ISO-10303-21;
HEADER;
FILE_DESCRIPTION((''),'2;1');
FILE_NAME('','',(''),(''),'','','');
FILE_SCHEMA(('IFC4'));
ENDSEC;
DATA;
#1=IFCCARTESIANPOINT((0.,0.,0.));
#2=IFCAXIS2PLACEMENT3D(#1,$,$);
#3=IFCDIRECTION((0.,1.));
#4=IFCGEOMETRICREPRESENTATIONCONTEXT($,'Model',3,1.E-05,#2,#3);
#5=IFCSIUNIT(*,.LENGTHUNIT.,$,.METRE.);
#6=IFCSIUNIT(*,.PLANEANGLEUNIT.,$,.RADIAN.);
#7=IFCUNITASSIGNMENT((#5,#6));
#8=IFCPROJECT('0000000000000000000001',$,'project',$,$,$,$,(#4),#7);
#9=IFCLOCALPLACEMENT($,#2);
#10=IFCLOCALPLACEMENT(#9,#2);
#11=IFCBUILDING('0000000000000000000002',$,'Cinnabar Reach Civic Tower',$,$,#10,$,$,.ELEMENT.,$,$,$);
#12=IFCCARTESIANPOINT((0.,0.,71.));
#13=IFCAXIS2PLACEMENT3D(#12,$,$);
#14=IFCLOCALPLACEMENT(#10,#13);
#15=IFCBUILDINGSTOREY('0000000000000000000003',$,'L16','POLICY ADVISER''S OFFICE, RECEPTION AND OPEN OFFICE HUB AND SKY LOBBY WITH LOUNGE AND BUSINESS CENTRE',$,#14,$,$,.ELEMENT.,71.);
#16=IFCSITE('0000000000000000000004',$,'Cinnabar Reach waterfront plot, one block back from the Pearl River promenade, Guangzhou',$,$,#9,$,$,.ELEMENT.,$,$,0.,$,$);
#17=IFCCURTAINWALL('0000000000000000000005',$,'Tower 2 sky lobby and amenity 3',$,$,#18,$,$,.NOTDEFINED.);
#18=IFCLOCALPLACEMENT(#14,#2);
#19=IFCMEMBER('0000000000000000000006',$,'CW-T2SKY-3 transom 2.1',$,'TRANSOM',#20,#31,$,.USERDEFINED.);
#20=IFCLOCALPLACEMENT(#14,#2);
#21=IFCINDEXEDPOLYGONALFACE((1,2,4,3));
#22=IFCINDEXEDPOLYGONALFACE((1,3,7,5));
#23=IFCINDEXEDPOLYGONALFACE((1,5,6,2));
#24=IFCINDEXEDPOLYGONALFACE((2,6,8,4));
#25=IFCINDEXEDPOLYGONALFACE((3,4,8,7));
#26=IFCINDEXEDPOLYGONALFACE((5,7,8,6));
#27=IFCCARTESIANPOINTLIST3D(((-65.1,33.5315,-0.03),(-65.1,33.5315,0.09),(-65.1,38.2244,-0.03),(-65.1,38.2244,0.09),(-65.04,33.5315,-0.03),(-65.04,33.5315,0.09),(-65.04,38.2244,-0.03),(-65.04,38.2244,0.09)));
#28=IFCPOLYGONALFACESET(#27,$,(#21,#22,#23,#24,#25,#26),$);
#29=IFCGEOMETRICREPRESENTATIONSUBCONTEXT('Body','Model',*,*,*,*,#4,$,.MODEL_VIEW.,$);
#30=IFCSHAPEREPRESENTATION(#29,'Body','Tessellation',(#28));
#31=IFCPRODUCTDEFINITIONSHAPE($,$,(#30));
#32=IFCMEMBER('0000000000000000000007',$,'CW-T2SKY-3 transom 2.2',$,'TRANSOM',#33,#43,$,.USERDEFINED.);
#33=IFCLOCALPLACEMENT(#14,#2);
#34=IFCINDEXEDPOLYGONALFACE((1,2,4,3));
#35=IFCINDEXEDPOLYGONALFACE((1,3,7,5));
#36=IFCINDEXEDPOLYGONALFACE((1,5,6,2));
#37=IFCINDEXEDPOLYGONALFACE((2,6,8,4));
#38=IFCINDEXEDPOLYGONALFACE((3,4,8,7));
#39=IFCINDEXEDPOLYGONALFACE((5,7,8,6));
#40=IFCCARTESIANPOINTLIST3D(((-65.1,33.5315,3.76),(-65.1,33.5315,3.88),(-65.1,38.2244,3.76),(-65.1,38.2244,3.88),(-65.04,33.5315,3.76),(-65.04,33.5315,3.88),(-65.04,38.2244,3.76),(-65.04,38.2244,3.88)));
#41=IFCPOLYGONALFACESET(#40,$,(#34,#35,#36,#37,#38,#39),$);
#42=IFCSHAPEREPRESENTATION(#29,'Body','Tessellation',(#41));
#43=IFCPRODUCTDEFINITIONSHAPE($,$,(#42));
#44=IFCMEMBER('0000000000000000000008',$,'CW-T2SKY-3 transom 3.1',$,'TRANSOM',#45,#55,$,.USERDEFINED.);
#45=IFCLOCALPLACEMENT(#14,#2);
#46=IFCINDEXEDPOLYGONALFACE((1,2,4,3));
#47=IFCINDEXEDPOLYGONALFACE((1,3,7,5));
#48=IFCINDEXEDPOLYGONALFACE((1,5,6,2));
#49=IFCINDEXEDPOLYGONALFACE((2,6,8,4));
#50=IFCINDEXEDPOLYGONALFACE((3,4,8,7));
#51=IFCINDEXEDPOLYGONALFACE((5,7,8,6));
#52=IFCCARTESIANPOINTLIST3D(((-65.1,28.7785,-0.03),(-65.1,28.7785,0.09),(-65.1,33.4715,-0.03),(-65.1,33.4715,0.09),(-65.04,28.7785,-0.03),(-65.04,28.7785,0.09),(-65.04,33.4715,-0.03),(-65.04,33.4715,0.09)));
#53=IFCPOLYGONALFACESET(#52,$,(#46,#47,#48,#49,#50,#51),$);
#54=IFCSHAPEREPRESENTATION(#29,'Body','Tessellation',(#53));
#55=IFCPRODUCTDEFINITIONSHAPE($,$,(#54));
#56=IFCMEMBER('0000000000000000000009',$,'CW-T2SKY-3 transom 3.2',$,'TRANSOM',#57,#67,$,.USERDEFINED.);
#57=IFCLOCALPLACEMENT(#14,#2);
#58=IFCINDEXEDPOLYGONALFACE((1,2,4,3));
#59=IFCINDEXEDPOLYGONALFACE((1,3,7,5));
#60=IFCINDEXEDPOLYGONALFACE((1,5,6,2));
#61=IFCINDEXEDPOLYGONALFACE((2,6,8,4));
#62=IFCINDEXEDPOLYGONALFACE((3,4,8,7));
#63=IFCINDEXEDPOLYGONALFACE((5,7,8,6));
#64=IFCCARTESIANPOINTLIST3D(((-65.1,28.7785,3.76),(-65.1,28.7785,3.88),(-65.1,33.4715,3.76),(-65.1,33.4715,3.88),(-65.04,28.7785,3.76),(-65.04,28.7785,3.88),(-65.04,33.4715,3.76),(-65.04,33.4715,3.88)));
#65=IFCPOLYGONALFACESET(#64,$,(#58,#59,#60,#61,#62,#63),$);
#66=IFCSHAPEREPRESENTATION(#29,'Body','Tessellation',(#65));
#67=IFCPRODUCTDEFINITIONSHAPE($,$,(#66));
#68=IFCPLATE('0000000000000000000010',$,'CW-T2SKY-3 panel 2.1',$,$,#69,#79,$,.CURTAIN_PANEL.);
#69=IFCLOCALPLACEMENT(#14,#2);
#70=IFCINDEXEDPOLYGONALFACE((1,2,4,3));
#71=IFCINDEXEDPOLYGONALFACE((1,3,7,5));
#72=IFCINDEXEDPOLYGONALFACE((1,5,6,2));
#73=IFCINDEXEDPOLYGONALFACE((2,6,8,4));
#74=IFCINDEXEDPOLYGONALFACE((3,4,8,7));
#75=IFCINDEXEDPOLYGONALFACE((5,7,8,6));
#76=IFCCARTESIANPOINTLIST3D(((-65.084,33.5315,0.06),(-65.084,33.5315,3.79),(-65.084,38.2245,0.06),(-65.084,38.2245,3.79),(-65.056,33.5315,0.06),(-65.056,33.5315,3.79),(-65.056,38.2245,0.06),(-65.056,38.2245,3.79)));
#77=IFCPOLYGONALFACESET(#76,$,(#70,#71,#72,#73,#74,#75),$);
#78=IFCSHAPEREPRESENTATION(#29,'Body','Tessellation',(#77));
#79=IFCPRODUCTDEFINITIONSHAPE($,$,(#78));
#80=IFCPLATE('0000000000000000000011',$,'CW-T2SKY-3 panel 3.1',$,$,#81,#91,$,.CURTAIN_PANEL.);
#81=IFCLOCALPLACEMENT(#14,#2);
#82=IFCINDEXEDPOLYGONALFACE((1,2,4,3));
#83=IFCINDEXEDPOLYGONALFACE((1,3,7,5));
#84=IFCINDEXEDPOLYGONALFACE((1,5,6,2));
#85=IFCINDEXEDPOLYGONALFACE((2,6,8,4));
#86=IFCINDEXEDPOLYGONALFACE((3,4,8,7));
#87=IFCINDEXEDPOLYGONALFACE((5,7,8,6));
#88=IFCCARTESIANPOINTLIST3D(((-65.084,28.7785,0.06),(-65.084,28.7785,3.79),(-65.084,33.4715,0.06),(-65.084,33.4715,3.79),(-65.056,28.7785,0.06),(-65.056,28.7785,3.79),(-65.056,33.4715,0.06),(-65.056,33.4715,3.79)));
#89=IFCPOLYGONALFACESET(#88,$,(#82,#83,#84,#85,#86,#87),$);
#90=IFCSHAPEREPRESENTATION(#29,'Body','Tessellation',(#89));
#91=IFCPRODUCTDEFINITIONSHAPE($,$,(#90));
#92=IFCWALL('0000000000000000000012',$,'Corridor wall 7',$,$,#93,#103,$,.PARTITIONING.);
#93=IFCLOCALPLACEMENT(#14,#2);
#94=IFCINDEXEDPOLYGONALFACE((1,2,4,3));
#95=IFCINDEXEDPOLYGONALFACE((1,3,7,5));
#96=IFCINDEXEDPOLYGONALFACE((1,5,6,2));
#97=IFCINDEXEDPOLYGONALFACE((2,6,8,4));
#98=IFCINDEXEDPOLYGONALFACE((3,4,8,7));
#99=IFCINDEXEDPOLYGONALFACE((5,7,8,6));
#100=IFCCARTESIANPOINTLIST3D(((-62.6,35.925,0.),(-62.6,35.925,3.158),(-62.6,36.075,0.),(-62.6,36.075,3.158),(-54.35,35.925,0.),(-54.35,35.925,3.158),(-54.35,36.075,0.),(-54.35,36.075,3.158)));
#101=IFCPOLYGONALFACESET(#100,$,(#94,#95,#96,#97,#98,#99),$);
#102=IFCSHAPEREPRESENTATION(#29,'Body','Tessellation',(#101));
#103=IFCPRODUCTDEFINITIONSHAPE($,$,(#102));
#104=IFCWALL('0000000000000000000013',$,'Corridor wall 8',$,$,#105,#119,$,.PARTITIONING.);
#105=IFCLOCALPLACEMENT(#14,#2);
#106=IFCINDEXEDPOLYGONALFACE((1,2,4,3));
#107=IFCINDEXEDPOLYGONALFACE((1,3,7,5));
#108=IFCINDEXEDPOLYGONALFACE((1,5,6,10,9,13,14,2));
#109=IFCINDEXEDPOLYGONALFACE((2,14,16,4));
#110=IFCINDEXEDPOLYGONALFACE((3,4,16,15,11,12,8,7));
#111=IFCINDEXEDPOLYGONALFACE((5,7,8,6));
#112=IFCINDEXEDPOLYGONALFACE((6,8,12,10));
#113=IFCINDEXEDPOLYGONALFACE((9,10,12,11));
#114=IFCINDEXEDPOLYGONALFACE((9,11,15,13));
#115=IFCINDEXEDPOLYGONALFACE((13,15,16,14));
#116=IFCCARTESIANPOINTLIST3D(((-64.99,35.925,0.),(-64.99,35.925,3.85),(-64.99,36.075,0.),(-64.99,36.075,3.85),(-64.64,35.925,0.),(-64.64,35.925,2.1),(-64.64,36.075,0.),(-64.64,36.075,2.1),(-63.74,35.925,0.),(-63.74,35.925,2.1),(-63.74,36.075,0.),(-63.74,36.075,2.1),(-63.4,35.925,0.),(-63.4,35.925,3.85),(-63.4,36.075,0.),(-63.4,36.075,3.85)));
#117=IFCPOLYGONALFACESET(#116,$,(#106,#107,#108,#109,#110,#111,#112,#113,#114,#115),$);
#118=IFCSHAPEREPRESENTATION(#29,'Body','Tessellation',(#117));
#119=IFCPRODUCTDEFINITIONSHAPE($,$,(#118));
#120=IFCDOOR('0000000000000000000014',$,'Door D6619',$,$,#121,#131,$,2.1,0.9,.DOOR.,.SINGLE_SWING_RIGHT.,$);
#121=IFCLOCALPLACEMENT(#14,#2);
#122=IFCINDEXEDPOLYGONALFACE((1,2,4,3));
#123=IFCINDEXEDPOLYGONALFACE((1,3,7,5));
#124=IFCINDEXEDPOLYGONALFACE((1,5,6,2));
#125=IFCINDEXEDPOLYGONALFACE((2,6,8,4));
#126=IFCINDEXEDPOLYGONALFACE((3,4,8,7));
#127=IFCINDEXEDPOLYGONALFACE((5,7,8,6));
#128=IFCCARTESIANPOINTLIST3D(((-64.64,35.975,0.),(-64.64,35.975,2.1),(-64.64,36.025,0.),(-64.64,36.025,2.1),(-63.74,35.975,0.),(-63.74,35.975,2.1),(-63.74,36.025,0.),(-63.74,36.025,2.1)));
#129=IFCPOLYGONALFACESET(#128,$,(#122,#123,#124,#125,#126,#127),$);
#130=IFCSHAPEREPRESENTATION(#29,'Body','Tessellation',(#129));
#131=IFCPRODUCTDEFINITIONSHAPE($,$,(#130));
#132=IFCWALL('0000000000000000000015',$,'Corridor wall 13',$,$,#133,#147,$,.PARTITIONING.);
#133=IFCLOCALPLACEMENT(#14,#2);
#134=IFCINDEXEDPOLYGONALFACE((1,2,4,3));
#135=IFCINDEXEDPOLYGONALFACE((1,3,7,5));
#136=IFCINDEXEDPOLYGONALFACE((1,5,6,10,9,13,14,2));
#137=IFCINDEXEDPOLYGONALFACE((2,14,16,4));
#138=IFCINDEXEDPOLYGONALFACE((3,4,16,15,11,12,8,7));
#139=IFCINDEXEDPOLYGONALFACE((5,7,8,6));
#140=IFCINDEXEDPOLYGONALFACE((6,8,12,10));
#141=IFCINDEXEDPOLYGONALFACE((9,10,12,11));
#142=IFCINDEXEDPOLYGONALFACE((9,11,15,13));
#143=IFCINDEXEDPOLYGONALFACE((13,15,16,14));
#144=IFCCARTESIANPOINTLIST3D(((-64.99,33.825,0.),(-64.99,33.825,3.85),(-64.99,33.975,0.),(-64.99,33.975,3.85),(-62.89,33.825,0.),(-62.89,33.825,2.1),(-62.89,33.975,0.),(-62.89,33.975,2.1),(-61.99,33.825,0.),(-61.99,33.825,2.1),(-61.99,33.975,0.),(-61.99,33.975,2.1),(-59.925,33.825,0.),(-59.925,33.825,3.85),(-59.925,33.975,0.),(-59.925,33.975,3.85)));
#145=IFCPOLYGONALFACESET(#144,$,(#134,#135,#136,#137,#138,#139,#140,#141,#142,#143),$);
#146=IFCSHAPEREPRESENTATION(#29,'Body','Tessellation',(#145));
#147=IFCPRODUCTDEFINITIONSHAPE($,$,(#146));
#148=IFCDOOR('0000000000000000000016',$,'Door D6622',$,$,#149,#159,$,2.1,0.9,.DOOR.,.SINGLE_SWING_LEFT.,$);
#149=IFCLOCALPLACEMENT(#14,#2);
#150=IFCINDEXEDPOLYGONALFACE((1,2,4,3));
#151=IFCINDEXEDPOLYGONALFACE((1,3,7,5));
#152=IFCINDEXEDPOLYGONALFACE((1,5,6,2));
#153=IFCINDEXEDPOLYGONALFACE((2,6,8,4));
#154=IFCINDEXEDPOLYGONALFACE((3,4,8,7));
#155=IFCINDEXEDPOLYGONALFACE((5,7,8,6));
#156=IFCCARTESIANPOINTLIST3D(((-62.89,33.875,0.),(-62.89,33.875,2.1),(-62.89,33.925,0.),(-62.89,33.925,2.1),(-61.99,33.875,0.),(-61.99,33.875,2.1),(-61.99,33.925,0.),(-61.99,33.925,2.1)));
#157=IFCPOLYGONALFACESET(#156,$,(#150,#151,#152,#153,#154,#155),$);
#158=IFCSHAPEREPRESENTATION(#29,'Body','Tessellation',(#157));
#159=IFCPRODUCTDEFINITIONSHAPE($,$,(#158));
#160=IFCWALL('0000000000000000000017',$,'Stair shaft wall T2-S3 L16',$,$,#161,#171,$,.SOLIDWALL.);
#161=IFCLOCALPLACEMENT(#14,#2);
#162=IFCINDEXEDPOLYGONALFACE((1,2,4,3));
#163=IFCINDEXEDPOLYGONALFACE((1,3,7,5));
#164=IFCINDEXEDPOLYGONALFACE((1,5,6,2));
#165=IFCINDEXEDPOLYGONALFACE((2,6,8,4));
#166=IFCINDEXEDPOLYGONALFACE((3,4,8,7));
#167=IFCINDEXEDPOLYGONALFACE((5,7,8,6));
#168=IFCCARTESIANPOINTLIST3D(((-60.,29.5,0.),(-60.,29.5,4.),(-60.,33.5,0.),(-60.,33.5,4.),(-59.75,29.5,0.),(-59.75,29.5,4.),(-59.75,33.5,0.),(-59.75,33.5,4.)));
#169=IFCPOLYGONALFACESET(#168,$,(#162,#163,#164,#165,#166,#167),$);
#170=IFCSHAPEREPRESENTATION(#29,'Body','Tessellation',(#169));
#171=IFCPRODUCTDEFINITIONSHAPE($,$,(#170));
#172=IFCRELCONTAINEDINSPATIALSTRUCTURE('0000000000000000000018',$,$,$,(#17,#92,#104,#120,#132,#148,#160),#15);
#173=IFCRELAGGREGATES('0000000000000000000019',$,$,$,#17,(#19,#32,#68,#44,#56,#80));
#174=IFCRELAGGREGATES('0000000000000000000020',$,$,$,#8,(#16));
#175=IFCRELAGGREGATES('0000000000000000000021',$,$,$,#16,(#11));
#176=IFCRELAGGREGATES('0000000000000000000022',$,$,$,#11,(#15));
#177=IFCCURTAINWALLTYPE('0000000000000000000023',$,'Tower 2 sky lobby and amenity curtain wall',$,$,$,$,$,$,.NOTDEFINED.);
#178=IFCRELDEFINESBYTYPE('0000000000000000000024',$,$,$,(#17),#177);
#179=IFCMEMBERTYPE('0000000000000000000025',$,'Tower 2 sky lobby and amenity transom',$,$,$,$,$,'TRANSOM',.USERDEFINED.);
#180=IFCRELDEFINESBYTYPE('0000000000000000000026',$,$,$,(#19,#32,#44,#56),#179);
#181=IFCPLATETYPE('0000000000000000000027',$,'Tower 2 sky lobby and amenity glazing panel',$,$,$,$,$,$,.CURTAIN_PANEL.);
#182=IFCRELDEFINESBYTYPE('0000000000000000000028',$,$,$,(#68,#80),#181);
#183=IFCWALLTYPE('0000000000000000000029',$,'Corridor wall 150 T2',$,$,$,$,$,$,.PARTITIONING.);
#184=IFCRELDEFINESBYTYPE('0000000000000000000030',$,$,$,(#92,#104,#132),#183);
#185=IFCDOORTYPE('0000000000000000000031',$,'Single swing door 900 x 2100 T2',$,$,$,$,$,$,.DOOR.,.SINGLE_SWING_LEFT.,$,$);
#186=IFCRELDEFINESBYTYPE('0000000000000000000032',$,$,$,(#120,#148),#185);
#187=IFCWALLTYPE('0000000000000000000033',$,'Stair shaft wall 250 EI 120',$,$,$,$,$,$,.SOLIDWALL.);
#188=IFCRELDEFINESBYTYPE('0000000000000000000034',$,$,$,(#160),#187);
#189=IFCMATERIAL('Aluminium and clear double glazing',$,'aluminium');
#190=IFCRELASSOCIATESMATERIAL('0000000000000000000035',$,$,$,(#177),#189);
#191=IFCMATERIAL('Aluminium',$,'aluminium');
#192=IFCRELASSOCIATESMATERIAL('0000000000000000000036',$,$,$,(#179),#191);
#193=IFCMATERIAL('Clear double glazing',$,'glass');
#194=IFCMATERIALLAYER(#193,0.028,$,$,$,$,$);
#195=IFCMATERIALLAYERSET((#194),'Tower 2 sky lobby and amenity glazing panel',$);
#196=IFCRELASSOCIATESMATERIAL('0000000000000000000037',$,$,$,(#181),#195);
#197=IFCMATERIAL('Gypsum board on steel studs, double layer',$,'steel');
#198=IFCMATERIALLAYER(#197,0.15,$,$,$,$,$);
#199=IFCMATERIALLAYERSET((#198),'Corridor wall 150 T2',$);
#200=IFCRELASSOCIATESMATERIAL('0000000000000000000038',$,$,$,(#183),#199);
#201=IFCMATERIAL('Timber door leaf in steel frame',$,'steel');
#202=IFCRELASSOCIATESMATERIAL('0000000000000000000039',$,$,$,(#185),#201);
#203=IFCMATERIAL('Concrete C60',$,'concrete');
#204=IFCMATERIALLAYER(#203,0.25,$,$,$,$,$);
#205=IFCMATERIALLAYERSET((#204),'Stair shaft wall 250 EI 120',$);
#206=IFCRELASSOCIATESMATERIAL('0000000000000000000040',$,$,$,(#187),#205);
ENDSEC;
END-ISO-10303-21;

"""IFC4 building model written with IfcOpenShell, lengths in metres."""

from ifc_helpers import new_model, si_unit, direction, frame, frame_2d, origin, origin_2d, place, context, subcontext, project, spatial, rectangle, extrude, material, layer, layer_set, material_profile, profile_set, type_object, element, fill, aggregate, save


model = new_model("IFC4")

# Units and contexts
model_context = context("Model", 3, precision=1e-05, world=origin(), true_north=direction((0.0, 1.0)))
body_context = subcontext(model_context, "Body", "Model", "MODEL_VIEW")
ifc_project = project(units=[si_unit("LENGTHUNIT", "METRE"), si_unit("PLANEANGLEUNIT", "RADIAN")], contexts=[model_context])

# Site, building, storey
site_placement = place(None, origin())
site = spatial("IfcSite", under=ifc_project, at=site_placement, Name="Cinnabar Reach waterfront plot, one block back from the Pearl River promenade, Guangzhou", CompositionType="ELEMENT", RefElevation=0.0)
building_placement = place(site_placement, origin())
building = spatial("IfcBuilding", under=site, at=building_placement, Name="Cinnabar Reach Civic Tower", CompositionType="ELEMENT")
storey_placement = place(building_placement, frame((0.0, 0.0, 71.0)))
storey = spatial("IfcBuildingStorey", under=building, at=storey_placement, Name="L16", Description="POLICY ADVISER'S OFFICE, RECEPTION AND OPEN OFFICE HUB AND SKY LOBBY WITH LOUNGE AND BUSINESS CENTRE", CompositionType="ELEMENT", Elevation=71.0)

# Shared definitions
ifc_material_1 = material(Name="Concrete C60", Category="concrete")

# Curtain wall, members, plates
ifc_material_2 = material(Name="Aluminium and clear double glazing", Category="aluminium")
curtain_wall_type = type_object("IfcCurtainWallType", Name="Tower 2 sky lobby and amenity curtain wall", PredefinedType="NOTDEFINED", material=ifc_material_2)
curtain_wall_placement = place(storey_placement, origin())
curtain_wall = element("IfcCurtainWall", 1, at=curtain_wall_placement, inside=storey, type_object=curtain_wall_type, Name="Tower 2 sky lobby and amenity 3", PredefinedType="NOTDEFINED")
ifc_material_3 = material(Name="Aluminium", Category="aluminium")
ifc_material_profile_1 = material_profile(ifc_material_3, rectangle(XDim=0.06, YDim=0.12, at=origin_2d()), Name="Tower 2 sky lobby and amenity transom")
ifc_profile_set_1 = profile_set([ifc_material_profile_1], Name="Aluminium")
member_type_1 = type_object("IfcMemberType", Name="Tower 2 sky lobby and amenity transom", ElementType="TRANSOM", PredefinedType="USERDEFINED", material=ifc_profile_set_1)
member_1_placement = place(storey_placement, frame((-65.07, 38.2244, 0.03), z_axis=(0.0, -1.0, 0.0), x_axis=(1.0, 0.0, 0.0)))
member_1 = element("IfcMember", 2, at=member_1_placement, type_object=member_type_1, Name="CW-T2SKY-3 transom 2.1", ObjectType="TRANSOM", PredefinedType="USERDEFINED", context=body_context, shape_type="SweptSolid", body=[
    extrude(rectangle(XDim=0.06, YDim=0.12, at=origin_2d()), origin(), (0.0, 0.0, 1.0), 4.6929),
])
member_2_placement = place(storey_placement, frame((-65.07, 38.2244, 3.82), z_axis=(0.0, -1.0, 0.0), x_axis=(1.0, 0.0, 0.0)))
member_2 = element("IfcMember", 3, at=member_2_placement, type_object=member_type_1, Name="CW-T2SKY-3 transom 2.2", ObjectType="TRANSOM", PredefinedType="USERDEFINED", context=body_context, shape_type="SweptSolid", body=[
    extrude(rectangle(XDim=0.06, YDim=0.12, at=origin_2d()), origin(), (0.0, 0.0, 1.0), 4.6929),
])
member_3_placement = place(storey_placement, frame((-65.07, 33.4715, 0.03), z_axis=(0.0, -1.0, 0.0), x_axis=(1.0, 0.0, 0.0)))
member_3 = element("IfcMember", 4, at=member_3_placement, type_object=member_type_1, Name="CW-T2SKY-3 transom 3.1", ObjectType="TRANSOM", PredefinedType="USERDEFINED", context=body_context, shape_type="SweptSolid", body=[
    extrude(rectangle(XDim=0.06, YDim=0.12, at=origin_2d()), origin(), (0.0, 0.0, 1.0), 4.693),
])
member_4_placement = place(storey_placement, frame((-65.07, 33.4715, 3.82), z_axis=(0.0, -1.0, 0.0), x_axis=(1.0, 0.0, 0.0)))
member_4 = element("IfcMember", 5, at=member_4_placement, type_object=member_type_1, Name="CW-T2SKY-3 transom 3.2", ObjectType="TRANSOM", PredefinedType="USERDEFINED", context=body_context, shape_type="SweptSolid", body=[
    extrude(rectangle(XDim=0.06, YDim=0.12, at=origin_2d()), origin(), (0.0, 0.0, 1.0), 4.693),
])
ifc_material_4 = material(Name="Clear double glazing", Category="glass")
ifc_layer_1 = layer(ifc_material_4, 0.028)
ifc_layer_set_1 = layer_set([ifc_layer_1], Name="Tower 2 sky lobby and amenity glazing panel")
plate_type = type_object("IfcPlateType", Name="Tower 2 sky lobby and amenity glazing panel", PredefinedType="CURTAIN_PANEL", material=ifc_layer_set_1)
plate_1_placement = place(storey_placement, frame((-65.07, 35.878, 0.06), z_axis=(0.0, 0.0, 1.0), x_axis=(0.0, -1.0, 0.0)))
plate_1 = element("IfcPlate", 6, at=plate_1_placement, type_object=plate_type, Name="CW-T2SKY-3 panel 2.1", PredefinedType="CURTAIN_PANEL", context=body_context, shape_type="SweptSolid", body=[
    extrude(rectangle(XDim=4.693, YDim=0.028, at=origin_2d()), origin(), (0.0, 0.0, 1.0), 3.73),
])
plate_2_placement = place(storey_placement, frame((-65.07, 31.125, 0.06), z_axis=(0.0, 0.0, 1.0), x_axis=(0.0, -1.0, 0.0)))
plate_2 = element("IfcPlate", 7, at=plate_2_placement, type_object=plate_type, Name="CW-T2SKY-3 panel 3.1", PredefinedType="CURTAIN_PANEL", context=body_context, shape_type="SweptSolid", body=[
    extrude(rectangle(XDim=4.693, YDim=0.028, at=origin_2d()), origin(), (0.0, 0.0, 1.0), 3.73),
])
aggregate(curtain_wall, [member_1, member_2, plate_1, member_3, member_4, plate_2])

# Wall
ifc_material_5 = material(Name="Gypsum board on steel studs, double layer", Category="steel")
ifc_layer_2 = layer(ifc_material_5, 0.15)
ifc_layer_set_2 = layer_set([ifc_layer_2], Name="Corridor wall 150 T2")
wall_type_1 = type_object("IfcWallType", Name="Corridor wall 150 T2", PredefinedType="PARTITIONING", material=ifc_layer_set_2)
wall_1_placement = place(storey_placement, frame((-62.6, 36.0, 0.0), z_axis=(0.0, 0.0, 1.0), x_axis=(1.0, 0.0, 0.0)))
element("IfcWall", 8, at=wall_1_placement, inside=storey, type_object=wall_type_1, Name="Corridor wall 7", PredefinedType="PARTITIONING", context=body_context, shape_type="SweptSolid", body=[
    extrude(rectangle(XDim=8.25, YDim=0.15, at=frame_2d((4.125, 0.0))), origin(), (0.0, 0.0, 1.0), 3.158),
])

# Walls, openings, doors
wall_2_placement = place(storey_placement, frame((-64.99, 36.0, 0.0), z_axis=(0.0, 0.0, 1.0), x_axis=(1.0, 0.0, 0.0)))
wall_2 = element("IfcWall", 9, at=wall_2_placement, inside=storey, type_object=wall_type_1, Name="Corridor wall 8", PredefinedType="PARTITIONING", context=body_context, shape_type="SweptSolid", body=[
    extrude(rectangle(XDim=1.59, YDim=0.15, at=frame_2d((0.795, 0.0))), origin(), (0.0, 0.0, 1.0), 3.85),
])
opening_1_placement = place(wall_2_placement, frame((0.35, 0.0, 0.0)))
opening_1 = element("IfcOpeningElement", 10, at=opening_1_placement, cuts=wall_2, PredefinedType="OPENING", context=body_context, shape_type="SweptSolid", body=[
    extrude(rectangle(XDim=0.9, YDim=2.1, at=frame_2d((0.45, 1.05))), frame((0.0, 0.085, 0.0), z_axis=(0.0, -1.0, 0.0), x_axis=(1.0, 0.0, 0.0)), (0.0, 0.0, 1.0), 0.17),
])
ifc_material_6 = material(Name="Timber door leaf in steel frame", Category="steel")
door_type = type_object("IfcDoorType", Name="Single swing door 900 x 2100 T2", OperationType="SINGLE_SWING_LEFT", PredefinedType="DOOR", material=ifc_material_6)
door_1_placement = place(opening_1_placement, origin())
door_1 = element("IfcDoor", 11, at=door_1_placement, inside=storey, type_object=door_type, Name="Door D6619", OperationType="SINGLE_SWING_RIGHT", OverallHeight=2.1, OverallWidth=0.9, PredefinedType="DOOR", context=body_context, shape_type="SweptSolid", body=[
    extrude(rectangle(XDim=0.9, YDim=2.1, at=frame_2d((0.45, 1.05))), frame((0.0, 0.025, 0.0), z_axis=(0.0, -1.0, 0.0), x_axis=(1.0, 0.0, 0.0)), (0.0, 0.0, 1.0), 0.05),
])
fill(opening_1, door_1)
wall_3_placement = place(storey_placement, frame((-64.99, 33.9, 0.0), z_axis=(0.0, 0.0, 1.0), x_axis=(1.0, 0.0, 0.0)))
wall_3 = element("IfcWall", 12, at=wall_3_placement, inside=storey, type_object=wall_type_1, Name="Corridor wall 13", PredefinedType="PARTITIONING", context=body_context, shape_type="SweptSolid", body=[
    extrude(rectangle(XDim=5.065, YDim=0.15, at=frame_2d((2.5325, 0.0))), origin(), (0.0, 0.0, 1.0), 3.85),
])
opening_2_placement = place(wall_3_placement, frame((2.1, 0.0, 0.0)))
opening_2 = element("IfcOpeningElement", 13, at=opening_2_placement, cuts=wall_3, PredefinedType="OPENING", context=body_context, shape_type="SweptSolid", body=[
    extrude(rectangle(XDim=0.9, YDim=2.1, at=frame_2d((0.45, 1.05))), frame((0.0, 0.085, 0.0), z_axis=(0.0, -1.0, 0.0), x_axis=(1.0, 0.0, 0.0)), (0.0, 0.0, 1.0), 0.17),
])
door_2_placement = place(opening_2_placement, frame((0.9, 0.0, 0.0), z_axis=(0.0, 0.0, 1.0), x_axis=(-1.0, 0.0, 0.0)))
door_2 = element("IfcDoor", 14, at=door_2_placement, inside=storey, type_object=door_type, Name="Door D6622", OperationType="SINGLE_SWING_LEFT", OverallHeight=2.1, OverallWidth=0.9, PredefinedType="DOOR", context=body_context, shape_type="SweptSolid", body=[
    extrude(rectangle(XDim=0.9, YDim=2.1, at=frame_2d((0.45, 1.05))), frame((0.0, 0.025, 0.0), z_axis=(0.0, -1.0, 0.0), x_axis=(1.0, 0.0, 0.0)), (0.0, 0.0, 1.0), 0.05),
])
fill(opening_2, door_2)

# Wall
ifc_layer_3 = layer(ifc_material_1, 0.25)
ifc_layer_set_3 = layer_set([ifc_layer_3], Name="Stair shaft wall 250 EI 120")
wall_type_2 = type_object("IfcWallType", Name="Stair shaft wall 250 EI 120", PredefinedType="SOLIDWALL", material=ifc_layer_set_3)
wall_4_placement = place(storey_placement, frame((-59.875, 33.5, 0.0), z_axis=(0.0, 0.0, 1.0), x_axis=(0.0, -1.0, 0.0)))
element("IfcWall", 15, at=wall_4_placement, inside=storey, type_object=wall_type_2, Name="Stair shaft wall T2-S3 L16", PredefinedType="SOLIDWALL", context=body_context, shape_type="SweptSolid", body=[
    extrude(rectangle(XDim=4.0, YDim=0.25, at=frame_2d((2.0, 0.0))), origin(), (0.0, 0.0, 1.0), 4.0),
])

save(model, "model.ifc")
